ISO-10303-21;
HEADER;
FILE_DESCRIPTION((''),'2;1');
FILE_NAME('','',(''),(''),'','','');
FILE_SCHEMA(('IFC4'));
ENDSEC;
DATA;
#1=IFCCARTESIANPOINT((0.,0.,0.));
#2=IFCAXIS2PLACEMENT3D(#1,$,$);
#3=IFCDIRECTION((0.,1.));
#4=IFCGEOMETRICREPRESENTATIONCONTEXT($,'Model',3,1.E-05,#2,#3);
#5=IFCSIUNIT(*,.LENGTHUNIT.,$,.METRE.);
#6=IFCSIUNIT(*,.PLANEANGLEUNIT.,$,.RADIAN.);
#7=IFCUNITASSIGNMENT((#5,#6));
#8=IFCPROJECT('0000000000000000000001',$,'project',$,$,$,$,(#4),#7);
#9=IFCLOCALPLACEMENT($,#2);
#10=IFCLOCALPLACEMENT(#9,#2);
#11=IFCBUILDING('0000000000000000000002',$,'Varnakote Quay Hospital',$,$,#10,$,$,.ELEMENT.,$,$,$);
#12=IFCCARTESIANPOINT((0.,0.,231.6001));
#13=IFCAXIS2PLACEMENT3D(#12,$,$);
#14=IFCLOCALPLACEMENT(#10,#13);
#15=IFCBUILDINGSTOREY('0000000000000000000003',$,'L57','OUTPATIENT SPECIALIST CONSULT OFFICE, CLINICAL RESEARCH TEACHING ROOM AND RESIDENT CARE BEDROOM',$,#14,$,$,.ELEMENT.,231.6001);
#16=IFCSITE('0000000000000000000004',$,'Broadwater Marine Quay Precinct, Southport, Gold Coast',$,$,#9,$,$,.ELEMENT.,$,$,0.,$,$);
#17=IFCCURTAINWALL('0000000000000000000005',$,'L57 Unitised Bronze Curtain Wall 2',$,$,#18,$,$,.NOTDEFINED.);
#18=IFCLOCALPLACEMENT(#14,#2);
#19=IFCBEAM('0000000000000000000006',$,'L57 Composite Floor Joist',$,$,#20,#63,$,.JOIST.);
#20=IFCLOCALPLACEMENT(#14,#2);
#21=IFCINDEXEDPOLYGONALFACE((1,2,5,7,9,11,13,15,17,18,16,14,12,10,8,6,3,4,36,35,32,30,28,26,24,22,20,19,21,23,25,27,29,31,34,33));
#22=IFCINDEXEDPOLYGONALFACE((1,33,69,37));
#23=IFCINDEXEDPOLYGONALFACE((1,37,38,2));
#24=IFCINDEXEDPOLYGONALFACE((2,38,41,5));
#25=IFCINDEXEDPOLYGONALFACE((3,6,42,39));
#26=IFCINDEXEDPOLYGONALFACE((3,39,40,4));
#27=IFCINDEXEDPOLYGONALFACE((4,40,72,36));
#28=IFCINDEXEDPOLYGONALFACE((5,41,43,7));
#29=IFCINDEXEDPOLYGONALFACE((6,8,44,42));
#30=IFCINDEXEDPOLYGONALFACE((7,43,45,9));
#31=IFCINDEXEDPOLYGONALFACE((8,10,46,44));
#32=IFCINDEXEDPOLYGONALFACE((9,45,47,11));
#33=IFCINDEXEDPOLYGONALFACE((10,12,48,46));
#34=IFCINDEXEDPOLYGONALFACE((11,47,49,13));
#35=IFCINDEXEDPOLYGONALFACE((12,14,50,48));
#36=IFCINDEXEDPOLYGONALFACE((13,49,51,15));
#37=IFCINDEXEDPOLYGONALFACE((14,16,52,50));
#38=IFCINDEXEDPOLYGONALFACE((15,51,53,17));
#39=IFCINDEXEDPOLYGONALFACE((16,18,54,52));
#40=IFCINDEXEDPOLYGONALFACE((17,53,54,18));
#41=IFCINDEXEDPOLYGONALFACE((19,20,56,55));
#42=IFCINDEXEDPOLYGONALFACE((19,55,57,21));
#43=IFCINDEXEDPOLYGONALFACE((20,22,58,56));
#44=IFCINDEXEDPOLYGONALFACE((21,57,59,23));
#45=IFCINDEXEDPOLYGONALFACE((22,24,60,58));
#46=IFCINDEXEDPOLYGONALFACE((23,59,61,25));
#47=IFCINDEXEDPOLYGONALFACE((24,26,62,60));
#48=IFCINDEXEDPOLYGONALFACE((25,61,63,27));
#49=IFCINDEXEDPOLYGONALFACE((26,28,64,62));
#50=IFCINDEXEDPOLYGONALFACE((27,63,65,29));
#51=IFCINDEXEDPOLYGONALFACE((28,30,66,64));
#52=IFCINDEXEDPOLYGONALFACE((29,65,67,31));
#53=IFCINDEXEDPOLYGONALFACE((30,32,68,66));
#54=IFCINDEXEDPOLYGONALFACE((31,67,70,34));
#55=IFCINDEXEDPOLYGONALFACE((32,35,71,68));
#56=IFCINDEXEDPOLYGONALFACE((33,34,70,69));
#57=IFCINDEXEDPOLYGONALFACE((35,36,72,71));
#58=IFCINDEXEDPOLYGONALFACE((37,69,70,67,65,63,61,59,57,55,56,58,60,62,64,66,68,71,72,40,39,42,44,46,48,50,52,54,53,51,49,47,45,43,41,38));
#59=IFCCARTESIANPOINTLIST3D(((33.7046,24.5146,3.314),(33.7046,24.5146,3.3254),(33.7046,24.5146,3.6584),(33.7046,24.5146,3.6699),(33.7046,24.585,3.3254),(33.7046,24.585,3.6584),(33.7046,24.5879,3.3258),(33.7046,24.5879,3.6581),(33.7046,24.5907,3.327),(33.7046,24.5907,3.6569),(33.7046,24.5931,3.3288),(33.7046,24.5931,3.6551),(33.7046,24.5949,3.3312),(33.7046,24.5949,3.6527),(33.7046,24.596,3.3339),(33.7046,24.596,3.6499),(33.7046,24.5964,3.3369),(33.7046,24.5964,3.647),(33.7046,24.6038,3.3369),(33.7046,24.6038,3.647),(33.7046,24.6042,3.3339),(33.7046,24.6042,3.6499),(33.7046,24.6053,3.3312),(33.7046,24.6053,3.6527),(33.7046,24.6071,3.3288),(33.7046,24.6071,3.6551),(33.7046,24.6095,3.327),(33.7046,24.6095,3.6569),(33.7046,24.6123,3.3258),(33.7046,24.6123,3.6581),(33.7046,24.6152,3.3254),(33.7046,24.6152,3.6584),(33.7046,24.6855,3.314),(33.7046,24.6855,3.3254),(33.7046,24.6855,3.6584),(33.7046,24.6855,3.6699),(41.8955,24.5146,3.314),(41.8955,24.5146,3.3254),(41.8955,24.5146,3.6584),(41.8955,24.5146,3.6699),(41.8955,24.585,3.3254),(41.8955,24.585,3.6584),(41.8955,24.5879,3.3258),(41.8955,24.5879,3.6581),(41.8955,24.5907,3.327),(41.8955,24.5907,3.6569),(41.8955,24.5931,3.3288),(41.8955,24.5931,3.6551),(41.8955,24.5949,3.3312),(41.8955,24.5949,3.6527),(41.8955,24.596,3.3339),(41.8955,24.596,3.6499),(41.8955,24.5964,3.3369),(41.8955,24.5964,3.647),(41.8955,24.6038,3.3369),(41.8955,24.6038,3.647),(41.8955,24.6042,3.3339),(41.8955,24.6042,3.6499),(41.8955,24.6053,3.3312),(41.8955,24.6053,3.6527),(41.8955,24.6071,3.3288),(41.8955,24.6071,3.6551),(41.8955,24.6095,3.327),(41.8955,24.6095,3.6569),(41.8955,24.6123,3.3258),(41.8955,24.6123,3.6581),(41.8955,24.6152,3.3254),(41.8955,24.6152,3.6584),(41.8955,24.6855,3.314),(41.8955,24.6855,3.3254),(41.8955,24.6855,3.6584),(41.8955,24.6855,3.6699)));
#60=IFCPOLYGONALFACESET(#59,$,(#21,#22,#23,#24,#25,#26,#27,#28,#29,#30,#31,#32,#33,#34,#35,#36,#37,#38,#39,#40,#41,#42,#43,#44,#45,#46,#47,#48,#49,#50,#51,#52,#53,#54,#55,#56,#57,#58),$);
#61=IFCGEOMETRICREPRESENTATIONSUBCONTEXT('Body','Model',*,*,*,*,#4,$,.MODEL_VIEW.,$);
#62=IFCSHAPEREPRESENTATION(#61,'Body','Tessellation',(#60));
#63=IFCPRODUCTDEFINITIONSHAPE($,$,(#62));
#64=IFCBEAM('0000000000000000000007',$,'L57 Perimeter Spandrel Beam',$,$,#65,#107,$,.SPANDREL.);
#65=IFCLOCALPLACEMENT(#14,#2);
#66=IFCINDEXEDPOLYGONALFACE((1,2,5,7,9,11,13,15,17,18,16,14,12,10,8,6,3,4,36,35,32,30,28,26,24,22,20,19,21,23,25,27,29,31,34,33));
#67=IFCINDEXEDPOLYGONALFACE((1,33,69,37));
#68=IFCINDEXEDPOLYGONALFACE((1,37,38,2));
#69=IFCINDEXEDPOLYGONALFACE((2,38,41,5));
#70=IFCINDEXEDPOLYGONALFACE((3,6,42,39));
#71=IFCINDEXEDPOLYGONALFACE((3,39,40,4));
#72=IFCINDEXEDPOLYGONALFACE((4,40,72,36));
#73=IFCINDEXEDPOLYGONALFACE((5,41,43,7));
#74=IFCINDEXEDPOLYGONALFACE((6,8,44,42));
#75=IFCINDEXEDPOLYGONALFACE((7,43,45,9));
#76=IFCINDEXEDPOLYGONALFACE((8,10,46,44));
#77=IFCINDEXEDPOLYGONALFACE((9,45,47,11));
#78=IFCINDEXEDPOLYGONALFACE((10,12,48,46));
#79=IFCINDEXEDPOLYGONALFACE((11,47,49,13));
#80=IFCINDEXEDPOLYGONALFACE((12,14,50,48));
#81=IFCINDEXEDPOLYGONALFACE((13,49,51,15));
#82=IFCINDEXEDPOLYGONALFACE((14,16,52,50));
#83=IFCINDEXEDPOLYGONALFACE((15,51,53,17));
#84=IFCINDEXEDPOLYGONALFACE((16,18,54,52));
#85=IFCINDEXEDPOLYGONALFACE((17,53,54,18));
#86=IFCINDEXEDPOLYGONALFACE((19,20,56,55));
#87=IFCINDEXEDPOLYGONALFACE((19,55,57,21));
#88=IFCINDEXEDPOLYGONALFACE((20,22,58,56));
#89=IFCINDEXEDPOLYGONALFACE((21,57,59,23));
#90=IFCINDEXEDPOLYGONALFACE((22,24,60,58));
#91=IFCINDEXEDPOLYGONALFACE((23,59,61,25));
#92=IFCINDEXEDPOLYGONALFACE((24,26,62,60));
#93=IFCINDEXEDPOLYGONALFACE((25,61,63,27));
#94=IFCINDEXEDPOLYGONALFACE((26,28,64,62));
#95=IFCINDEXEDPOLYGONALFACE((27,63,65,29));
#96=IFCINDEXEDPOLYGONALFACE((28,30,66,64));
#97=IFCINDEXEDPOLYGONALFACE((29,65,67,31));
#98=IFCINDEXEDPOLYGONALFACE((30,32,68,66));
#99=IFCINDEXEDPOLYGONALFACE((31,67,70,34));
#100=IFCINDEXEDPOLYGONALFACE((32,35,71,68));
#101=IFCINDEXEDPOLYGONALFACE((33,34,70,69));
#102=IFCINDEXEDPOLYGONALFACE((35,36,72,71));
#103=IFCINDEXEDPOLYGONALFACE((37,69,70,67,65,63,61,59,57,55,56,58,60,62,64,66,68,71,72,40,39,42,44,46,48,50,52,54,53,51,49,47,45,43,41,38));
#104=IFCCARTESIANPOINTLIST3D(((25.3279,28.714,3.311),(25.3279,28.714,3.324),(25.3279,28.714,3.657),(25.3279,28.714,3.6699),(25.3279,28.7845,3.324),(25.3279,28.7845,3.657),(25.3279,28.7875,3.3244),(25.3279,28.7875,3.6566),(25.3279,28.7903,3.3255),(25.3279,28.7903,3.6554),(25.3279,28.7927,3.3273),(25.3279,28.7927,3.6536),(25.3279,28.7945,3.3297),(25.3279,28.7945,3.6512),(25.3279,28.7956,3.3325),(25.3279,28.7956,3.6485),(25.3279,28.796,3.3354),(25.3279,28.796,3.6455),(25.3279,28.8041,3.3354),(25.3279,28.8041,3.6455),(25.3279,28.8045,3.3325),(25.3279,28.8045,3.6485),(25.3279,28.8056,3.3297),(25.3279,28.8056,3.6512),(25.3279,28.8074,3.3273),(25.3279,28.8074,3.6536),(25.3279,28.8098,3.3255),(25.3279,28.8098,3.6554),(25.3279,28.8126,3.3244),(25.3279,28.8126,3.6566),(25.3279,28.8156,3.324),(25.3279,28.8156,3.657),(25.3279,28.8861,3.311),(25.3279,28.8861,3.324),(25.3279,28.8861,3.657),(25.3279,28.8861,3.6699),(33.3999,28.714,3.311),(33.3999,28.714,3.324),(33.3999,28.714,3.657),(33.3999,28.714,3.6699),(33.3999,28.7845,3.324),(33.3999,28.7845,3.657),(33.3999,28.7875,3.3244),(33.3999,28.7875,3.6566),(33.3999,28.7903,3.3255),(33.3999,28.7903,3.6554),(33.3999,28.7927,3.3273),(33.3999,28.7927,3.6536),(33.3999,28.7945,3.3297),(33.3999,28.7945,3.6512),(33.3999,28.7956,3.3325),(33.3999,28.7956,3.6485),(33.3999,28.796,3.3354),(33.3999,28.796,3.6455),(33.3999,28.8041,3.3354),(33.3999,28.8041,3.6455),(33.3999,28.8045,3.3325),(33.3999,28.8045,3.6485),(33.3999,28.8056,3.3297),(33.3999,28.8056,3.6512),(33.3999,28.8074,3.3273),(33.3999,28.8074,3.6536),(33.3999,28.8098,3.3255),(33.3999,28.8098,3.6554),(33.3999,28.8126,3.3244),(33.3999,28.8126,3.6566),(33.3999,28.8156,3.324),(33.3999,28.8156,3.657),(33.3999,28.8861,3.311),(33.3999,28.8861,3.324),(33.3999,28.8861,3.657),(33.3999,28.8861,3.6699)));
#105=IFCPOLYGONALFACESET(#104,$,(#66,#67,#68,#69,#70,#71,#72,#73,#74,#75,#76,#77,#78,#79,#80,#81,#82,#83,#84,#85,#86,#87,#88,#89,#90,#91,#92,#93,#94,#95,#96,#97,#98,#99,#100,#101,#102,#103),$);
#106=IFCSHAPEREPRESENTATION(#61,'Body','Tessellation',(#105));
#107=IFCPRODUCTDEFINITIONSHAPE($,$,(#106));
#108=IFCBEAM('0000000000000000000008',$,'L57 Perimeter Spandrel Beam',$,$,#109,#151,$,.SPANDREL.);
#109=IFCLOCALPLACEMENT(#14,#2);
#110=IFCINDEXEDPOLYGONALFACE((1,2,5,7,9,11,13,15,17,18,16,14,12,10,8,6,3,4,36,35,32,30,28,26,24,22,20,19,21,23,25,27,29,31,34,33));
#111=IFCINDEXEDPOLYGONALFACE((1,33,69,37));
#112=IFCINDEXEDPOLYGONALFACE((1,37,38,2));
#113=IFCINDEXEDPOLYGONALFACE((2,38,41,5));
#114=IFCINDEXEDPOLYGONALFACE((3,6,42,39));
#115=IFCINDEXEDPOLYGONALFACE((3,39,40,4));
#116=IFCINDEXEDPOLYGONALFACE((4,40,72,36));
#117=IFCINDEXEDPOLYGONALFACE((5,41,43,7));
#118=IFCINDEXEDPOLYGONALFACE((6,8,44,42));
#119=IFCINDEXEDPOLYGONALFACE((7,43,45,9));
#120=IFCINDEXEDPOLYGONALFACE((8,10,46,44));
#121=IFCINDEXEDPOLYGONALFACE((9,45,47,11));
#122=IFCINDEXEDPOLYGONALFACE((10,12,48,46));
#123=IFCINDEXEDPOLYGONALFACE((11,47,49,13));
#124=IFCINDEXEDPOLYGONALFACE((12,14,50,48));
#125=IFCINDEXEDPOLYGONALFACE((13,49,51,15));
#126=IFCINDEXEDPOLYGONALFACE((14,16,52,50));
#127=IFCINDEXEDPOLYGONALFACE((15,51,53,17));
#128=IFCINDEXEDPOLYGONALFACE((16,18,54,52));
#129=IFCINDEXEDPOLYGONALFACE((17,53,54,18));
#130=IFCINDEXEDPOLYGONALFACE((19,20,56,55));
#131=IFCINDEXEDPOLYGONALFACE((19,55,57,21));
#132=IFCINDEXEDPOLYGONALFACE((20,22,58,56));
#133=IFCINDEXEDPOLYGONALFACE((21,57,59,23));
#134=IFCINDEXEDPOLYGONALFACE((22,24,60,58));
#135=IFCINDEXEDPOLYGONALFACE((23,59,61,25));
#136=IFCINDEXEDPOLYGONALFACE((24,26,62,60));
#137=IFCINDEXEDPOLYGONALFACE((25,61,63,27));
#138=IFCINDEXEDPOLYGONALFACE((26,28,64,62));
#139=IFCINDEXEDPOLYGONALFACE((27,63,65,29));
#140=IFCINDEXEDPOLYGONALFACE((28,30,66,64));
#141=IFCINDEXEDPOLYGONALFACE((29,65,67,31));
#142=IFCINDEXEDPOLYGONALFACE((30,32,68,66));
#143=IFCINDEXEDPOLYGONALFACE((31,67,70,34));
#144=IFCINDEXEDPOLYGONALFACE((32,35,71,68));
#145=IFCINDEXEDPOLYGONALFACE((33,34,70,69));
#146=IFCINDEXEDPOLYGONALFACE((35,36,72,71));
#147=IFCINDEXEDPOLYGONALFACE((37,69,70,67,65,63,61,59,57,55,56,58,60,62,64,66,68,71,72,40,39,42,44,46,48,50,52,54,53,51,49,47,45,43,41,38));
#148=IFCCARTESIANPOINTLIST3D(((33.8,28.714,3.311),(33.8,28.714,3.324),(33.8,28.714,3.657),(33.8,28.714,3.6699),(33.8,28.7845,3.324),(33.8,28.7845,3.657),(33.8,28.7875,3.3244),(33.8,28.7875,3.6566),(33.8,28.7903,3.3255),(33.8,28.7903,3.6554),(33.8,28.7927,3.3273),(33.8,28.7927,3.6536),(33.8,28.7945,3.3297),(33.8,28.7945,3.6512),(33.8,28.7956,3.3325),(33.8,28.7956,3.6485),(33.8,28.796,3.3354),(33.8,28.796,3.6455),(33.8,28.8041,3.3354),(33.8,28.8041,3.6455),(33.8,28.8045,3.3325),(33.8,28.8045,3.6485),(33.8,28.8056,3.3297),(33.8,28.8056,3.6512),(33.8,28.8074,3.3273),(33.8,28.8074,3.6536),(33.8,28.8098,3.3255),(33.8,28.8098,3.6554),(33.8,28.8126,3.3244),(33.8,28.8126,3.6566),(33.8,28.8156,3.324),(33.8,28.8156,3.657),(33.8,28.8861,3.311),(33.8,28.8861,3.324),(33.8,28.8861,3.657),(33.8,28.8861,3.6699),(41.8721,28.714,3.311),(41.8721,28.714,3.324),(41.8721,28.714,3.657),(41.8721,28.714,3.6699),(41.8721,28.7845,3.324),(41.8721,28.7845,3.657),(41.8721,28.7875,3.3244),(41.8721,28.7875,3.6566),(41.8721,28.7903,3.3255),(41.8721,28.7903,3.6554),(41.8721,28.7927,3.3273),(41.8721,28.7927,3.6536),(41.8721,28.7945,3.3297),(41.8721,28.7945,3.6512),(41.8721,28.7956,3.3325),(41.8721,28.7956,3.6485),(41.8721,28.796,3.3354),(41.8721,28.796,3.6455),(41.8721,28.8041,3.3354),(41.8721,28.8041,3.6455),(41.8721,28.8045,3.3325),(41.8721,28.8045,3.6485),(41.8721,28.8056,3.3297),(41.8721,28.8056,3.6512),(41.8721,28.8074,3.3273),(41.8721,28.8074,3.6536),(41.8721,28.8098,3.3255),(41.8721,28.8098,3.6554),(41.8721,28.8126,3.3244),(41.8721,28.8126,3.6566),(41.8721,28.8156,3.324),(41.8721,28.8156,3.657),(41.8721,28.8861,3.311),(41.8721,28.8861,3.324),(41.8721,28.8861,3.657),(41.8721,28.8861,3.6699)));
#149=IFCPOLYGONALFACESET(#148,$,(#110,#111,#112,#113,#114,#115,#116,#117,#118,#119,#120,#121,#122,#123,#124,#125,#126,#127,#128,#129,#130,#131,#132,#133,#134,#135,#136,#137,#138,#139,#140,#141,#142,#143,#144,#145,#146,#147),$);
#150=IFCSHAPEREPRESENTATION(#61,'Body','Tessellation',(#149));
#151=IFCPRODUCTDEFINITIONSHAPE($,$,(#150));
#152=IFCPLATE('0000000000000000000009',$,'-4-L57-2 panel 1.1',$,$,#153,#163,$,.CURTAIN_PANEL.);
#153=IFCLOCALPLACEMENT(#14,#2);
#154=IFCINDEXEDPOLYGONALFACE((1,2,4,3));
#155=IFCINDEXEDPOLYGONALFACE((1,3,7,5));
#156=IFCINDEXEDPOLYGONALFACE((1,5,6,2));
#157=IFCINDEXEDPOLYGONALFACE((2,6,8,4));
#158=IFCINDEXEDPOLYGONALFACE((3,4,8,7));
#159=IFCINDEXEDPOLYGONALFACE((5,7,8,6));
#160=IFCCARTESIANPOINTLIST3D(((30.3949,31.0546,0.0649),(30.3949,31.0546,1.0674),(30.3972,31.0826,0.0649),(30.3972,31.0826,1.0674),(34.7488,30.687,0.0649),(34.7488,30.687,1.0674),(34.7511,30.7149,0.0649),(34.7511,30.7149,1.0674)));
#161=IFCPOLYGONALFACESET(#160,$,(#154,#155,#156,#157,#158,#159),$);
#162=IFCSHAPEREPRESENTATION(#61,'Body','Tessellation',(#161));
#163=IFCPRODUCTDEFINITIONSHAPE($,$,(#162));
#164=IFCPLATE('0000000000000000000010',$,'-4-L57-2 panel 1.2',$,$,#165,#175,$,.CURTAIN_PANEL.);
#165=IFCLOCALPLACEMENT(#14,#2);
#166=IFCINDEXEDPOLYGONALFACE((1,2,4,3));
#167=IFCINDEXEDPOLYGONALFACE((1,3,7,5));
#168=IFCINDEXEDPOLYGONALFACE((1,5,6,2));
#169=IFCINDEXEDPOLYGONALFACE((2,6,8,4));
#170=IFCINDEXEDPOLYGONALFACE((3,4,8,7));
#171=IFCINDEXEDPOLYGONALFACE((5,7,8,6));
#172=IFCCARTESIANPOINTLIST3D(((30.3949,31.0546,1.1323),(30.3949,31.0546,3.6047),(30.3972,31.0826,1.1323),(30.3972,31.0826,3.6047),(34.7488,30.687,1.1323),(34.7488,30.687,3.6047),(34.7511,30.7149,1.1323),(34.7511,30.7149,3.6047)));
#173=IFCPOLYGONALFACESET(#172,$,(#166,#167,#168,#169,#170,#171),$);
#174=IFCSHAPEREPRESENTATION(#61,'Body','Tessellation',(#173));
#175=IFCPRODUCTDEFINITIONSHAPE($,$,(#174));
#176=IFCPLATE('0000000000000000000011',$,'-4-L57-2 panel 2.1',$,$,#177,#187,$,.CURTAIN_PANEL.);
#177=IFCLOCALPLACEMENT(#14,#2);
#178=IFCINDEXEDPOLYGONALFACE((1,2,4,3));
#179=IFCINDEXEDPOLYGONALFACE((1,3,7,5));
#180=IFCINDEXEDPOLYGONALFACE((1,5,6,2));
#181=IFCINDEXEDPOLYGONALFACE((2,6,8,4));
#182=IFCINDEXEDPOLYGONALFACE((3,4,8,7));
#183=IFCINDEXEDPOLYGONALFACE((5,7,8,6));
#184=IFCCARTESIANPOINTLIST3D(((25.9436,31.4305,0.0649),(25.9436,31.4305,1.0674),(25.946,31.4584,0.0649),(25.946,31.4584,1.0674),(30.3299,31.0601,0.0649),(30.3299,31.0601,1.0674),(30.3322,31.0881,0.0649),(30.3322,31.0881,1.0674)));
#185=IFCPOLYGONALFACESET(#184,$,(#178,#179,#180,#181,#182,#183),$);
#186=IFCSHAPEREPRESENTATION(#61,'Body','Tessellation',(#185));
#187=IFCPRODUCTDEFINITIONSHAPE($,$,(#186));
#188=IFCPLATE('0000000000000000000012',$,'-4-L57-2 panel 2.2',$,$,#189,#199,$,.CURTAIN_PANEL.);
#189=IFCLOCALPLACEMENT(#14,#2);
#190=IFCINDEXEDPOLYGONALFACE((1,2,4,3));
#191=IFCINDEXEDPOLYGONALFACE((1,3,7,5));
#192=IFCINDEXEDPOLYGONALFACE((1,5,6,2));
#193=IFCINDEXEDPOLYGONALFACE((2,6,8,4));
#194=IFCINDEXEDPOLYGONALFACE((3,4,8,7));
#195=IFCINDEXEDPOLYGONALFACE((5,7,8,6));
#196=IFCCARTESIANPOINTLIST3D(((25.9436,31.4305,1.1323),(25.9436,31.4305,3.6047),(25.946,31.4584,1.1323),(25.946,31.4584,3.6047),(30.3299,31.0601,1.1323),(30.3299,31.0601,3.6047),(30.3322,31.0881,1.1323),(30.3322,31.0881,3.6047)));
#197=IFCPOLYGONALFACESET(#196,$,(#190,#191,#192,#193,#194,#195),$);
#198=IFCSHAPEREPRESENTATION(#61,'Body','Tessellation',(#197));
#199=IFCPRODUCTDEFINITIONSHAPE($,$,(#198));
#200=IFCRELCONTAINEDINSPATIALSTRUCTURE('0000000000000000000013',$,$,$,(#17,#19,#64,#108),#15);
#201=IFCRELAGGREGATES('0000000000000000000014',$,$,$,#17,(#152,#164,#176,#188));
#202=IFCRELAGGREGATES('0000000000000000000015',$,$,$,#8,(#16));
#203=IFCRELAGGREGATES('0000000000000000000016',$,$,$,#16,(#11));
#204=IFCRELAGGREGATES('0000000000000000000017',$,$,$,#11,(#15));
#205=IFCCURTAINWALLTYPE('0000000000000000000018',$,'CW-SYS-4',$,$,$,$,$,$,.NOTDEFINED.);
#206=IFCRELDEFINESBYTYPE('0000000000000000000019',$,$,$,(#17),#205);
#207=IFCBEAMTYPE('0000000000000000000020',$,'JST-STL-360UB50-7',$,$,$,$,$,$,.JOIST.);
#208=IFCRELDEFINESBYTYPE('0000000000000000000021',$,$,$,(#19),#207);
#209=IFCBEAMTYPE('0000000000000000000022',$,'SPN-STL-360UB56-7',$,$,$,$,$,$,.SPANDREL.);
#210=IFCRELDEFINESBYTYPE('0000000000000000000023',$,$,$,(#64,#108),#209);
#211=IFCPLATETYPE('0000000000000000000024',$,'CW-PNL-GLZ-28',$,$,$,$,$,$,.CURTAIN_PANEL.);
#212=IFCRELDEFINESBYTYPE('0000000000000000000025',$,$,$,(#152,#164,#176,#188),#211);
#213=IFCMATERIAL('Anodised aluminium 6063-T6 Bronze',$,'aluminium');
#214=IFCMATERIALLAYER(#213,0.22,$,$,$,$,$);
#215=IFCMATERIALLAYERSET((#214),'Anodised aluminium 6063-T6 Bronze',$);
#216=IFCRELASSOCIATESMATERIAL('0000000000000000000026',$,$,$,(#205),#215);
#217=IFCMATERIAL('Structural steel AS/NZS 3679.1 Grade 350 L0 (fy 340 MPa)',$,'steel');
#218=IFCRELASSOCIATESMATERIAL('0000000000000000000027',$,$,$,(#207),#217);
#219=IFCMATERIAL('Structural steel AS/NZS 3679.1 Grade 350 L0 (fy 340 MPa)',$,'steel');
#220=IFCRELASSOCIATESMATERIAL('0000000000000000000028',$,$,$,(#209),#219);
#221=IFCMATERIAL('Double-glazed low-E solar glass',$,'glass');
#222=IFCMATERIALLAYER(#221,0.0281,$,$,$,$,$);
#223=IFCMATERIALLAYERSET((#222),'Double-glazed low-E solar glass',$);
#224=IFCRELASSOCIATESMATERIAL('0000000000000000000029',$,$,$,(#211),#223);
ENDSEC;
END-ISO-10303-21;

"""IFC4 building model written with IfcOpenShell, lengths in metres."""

from ifc_helpers import new_model, si_unit, direction, frame, origin, origin_2d, place, context, subcontext, project, spatial, rectangle, i_section, extrude, material, layer, layer_set, material_profile, profile_set, type_object, element, aggregate, save


model = new_model("IFC4")

# Units and contexts
model_context = context("Model", 3, precision=1e-05, world=origin(), true_north=direction((0.0, 1.0)))
body_context = subcontext(model_context, "Body", "Model", "MODEL_VIEW")
ifc_project = project(units=[si_unit("LENGTHUNIT", "METRE"), si_unit("PLANEANGLEUNIT", "RADIAN")], contexts=[model_context])

# Site, building, storey
site_placement = place(None, origin())
site = spatial("IfcSite", under=ifc_project, at=site_placement, Name="Broadwater Marine Quay Precinct, Southport, Gold Coast", CompositionType="ELEMENT", RefElevation=0.0)
building_placement = place(site_placement, origin())
building = spatial("IfcBuilding", under=site, at=building_placement, Name="Varnakote Quay Hospital", CompositionType="ELEMENT")
storey_placement = place(building_placement, frame((0.0, 0.0, 231.6001)))
storey = spatial("IfcBuildingStorey", under=building, at=storey_placement, Name="L57", Description="OUTPATIENT SPECIALIST CONSULT OFFICE, CLINICAL RESEARCH TEACHING ROOM AND RESIDENT CARE BEDROOM", CompositionType="ELEMENT", Elevation=231.6001)

# Curtain wall
ifc_material_1 = material(Name="Anodised aluminium 6063-T6 Bronze", Category="aluminium")
ifc_layer_1 = layer(ifc_material_1, 0.22)
ifc_layer_set_1 = layer_set([ifc_layer_1], Name="Anodised aluminium 6063-T6 Bronze")
curtain_wall_type = type_object("IfcCurtainWallType", Name="CW-SYS-4", PredefinedType="NOTDEFINED", material=ifc_layer_set_1)
curtain_wall_placement = place(storey_placement, origin())
curtain_wall = element("IfcCurtainWall", 1, at=curtain_wall_placement, inside=storey, type_object=curtain_wall_type, Name="L57 Unitised Bronze Curtain Wall 2", PredefinedType="NOTDEFINED")

# Beams
ifc_material_2 = material(Name="Structural steel AS/NZS 3679.1 Grade 350 L0 (fy 340 MPa)", Category="steel")
ifc_material_profile_1 = material_profile(ifc_material_2, i_section(OverallWidth=0.1709, OverallDepth=0.356, WebThickness=0.0073, FlangeThickness=0.0115, FilletRadius=0.0115, at=origin_2d()), Name="360UB50.7")
ifc_profile_set_1 = profile_set([ifc_material_profile_1], Name="Structural steel AS/NZS 3679.1 Grade 350 L0 (fy 340 MPa)")
beam_type_1 = type_object("IfcBeamType", Name="JST-STL-360UB50-7", PredefinedType="JOIST", material=ifc_profile_set_1)
beam_1_placement = place(storey_placement, frame((33.7046, 24.6001, 3.4919), z_axis=(1.0, 0.0, 0.0), x_axis=(0.0, 1.0, 0.0)))
element("IfcBeam", 2, at=beam_1_placement, inside=storey, type_object=beam_type_1, Name="L57 Composite Floor Joist", PredefinedType="JOIST", context=body_context, shape_type="SweptSolid", body=[
    extrude(i_section(OverallWidth=0.1709, OverallDepth=0.356, WebThickness=0.0073, FlangeThickness=0.0115, FilletRadius=0.0115, at=origin_2d()), origin(), (0.0, 0.0, 1.0), 8.1909),
])
ifc_material_3 = material(Name="Structural steel AS/NZS 3679.1 Grade 350 L0 (fy 340 MPa)", Category="steel")
ifc_material_profile_2 = material_profile(ifc_material_3, i_section(OverallWidth=0.1721, OverallDepth=0.3589, WebThickness=0.0081, FlangeThickness=0.0129, FilletRadius=0.0115, at=origin_2d()), Name="360UB56.7")
ifc_profile_set_2 = profile_set([ifc_material_profile_2], Name="Structural steel AS/NZS 3679.1 Grade 350 L0 (fy 340 MPa)")
beam_type_2 = type_object("IfcBeamType", Name="SPN-STL-360UB56-7", PredefinedType="SPANDREL", material=ifc_profile_set_2)
for number, where, z_axis, x_axis, name in (
    (3, (25.3279, 28.8, 3.4905), (1.0, 0.0, 0.0), (0.0, 1.0, 0.0), "L57 Perimeter Spandrel Beam"),
    (4, (33.8, 28.8, 3.4905), (1.0, 0.0, 0.0), (0.0, 1.0, 0.0), "L57 Perimeter Spandrel Beam"),
):
    element("IfcBeam", number, at=place(storey_placement, frame(where, z_axis=z_axis, x_axis=x_axis)), inside=storey, type_object=beam_type_2, Name=name, PredefinedType="SPANDREL", context=body_context, shape_type="SweptSolid", body=[
        extrude(i_section(OverallWidth=0.1721, OverallDepth=0.3589, WebThickness=0.0081, FlangeThickness=0.0129, FilletRadius=0.0115, at=origin_2d()), origin(), (0.0, 0.0, 1.0), 8.072),
    ])

# Plates
ifc_material_4 = material(Name="Double-glazed low-E solar glass", Category="glass")
ifc_layer_2 = layer(ifc_material_4, 0.0281)
ifc_layer_set_2 = layer_set([ifc_layer_2], Name="Double-glazed low-E solar glass")
plate_type = type_object("IfcPlateType", Name="CW-PNL-GLZ-28", PredefinedType="CURTAIN_PANEL", material=ifc_layer_set_2)
plate_1_placement = place(storey_placement, frame((32.573, 30.8848, 0.0649), z_axis=(0.0, 0.0, 1.0), x_axis=(-0.996454, 0.084136, 0.0)))
plate_1 = element("IfcPlate", 5, at=plate_1_placement, type_object=plate_type, Name="-4-L57-2 panel 1.1", PredefinedType="CURTAIN_PANEL", context=body_context, shape_type="SweptSolid", body=[
    extrude(rectangle(XDim=4.3694, YDim=0.0281, at=origin_2d()), origin(), (0.0, 0.0, 1.0), 1.0024),
])
plate_2_placement = place(storey_placement, frame((32.573, 30.8848, 1.1323), z_axis=(0.0, 0.0, 1.0), x_axis=(-0.996454, 0.084136, 0.0)))
plate_2 = element("IfcPlate", 6, at=plate_2_placement, type_object=plate_type, Name="-4-L57-2 panel 1.2", PredefinedType="CURTAIN_PANEL", context=body_context, shape_type="SweptSolid", body=[
    extrude(rectangle(XDim=4.3694, YDim=0.0281, at=origin_2d()), origin(), (0.0, 0.0, 1.0), 2.4724),
])
plate_3_placement = place(storey_placement, frame((28.1379, 31.2593, 0.0649), z_axis=(0.0, 0.0, 1.0), x_axis=(-0.996454, 0.084136, 0.0)))
plate_3 = element("IfcPlate", 7, at=plate_3_placement, type_object=plate_type, Name="-4-L57-2 panel 2.1", PredefinedType="CURTAIN_PANEL", context=body_context, shape_type="SweptSolid", body=[
    extrude(rectangle(XDim=4.4019, YDim=0.0281, at=origin_2d()), origin(), (0.0, 0.0, 1.0), 1.0024),
])
plate_4_placement = place(storey_placement, frame((28.1379, 31.2593, 1.1323), z_axis=(0.0, 0.0, 1.0), x_axis=(-0.996454, 0.084136, 0.0)))
plate_4 = element("IfcPlate", 8, at=plate_4_placement, type_object=plate_type, Name="-4-L57-2 panel 2.2", PredefinedType="CURTAIN_PANEL", context=body_context, shape_type="SweptSolid", body=[
    extrude(rectangle(XDim=4.4019, YDim=0.0281, at=origin_2d()), origin(), (0.0, 0.0, 1.0), 2.4724),
])
aggregate(curtain_wall, [plate_1, plate_2, plate_3, plate_4])

save(model, "model.ifc")
